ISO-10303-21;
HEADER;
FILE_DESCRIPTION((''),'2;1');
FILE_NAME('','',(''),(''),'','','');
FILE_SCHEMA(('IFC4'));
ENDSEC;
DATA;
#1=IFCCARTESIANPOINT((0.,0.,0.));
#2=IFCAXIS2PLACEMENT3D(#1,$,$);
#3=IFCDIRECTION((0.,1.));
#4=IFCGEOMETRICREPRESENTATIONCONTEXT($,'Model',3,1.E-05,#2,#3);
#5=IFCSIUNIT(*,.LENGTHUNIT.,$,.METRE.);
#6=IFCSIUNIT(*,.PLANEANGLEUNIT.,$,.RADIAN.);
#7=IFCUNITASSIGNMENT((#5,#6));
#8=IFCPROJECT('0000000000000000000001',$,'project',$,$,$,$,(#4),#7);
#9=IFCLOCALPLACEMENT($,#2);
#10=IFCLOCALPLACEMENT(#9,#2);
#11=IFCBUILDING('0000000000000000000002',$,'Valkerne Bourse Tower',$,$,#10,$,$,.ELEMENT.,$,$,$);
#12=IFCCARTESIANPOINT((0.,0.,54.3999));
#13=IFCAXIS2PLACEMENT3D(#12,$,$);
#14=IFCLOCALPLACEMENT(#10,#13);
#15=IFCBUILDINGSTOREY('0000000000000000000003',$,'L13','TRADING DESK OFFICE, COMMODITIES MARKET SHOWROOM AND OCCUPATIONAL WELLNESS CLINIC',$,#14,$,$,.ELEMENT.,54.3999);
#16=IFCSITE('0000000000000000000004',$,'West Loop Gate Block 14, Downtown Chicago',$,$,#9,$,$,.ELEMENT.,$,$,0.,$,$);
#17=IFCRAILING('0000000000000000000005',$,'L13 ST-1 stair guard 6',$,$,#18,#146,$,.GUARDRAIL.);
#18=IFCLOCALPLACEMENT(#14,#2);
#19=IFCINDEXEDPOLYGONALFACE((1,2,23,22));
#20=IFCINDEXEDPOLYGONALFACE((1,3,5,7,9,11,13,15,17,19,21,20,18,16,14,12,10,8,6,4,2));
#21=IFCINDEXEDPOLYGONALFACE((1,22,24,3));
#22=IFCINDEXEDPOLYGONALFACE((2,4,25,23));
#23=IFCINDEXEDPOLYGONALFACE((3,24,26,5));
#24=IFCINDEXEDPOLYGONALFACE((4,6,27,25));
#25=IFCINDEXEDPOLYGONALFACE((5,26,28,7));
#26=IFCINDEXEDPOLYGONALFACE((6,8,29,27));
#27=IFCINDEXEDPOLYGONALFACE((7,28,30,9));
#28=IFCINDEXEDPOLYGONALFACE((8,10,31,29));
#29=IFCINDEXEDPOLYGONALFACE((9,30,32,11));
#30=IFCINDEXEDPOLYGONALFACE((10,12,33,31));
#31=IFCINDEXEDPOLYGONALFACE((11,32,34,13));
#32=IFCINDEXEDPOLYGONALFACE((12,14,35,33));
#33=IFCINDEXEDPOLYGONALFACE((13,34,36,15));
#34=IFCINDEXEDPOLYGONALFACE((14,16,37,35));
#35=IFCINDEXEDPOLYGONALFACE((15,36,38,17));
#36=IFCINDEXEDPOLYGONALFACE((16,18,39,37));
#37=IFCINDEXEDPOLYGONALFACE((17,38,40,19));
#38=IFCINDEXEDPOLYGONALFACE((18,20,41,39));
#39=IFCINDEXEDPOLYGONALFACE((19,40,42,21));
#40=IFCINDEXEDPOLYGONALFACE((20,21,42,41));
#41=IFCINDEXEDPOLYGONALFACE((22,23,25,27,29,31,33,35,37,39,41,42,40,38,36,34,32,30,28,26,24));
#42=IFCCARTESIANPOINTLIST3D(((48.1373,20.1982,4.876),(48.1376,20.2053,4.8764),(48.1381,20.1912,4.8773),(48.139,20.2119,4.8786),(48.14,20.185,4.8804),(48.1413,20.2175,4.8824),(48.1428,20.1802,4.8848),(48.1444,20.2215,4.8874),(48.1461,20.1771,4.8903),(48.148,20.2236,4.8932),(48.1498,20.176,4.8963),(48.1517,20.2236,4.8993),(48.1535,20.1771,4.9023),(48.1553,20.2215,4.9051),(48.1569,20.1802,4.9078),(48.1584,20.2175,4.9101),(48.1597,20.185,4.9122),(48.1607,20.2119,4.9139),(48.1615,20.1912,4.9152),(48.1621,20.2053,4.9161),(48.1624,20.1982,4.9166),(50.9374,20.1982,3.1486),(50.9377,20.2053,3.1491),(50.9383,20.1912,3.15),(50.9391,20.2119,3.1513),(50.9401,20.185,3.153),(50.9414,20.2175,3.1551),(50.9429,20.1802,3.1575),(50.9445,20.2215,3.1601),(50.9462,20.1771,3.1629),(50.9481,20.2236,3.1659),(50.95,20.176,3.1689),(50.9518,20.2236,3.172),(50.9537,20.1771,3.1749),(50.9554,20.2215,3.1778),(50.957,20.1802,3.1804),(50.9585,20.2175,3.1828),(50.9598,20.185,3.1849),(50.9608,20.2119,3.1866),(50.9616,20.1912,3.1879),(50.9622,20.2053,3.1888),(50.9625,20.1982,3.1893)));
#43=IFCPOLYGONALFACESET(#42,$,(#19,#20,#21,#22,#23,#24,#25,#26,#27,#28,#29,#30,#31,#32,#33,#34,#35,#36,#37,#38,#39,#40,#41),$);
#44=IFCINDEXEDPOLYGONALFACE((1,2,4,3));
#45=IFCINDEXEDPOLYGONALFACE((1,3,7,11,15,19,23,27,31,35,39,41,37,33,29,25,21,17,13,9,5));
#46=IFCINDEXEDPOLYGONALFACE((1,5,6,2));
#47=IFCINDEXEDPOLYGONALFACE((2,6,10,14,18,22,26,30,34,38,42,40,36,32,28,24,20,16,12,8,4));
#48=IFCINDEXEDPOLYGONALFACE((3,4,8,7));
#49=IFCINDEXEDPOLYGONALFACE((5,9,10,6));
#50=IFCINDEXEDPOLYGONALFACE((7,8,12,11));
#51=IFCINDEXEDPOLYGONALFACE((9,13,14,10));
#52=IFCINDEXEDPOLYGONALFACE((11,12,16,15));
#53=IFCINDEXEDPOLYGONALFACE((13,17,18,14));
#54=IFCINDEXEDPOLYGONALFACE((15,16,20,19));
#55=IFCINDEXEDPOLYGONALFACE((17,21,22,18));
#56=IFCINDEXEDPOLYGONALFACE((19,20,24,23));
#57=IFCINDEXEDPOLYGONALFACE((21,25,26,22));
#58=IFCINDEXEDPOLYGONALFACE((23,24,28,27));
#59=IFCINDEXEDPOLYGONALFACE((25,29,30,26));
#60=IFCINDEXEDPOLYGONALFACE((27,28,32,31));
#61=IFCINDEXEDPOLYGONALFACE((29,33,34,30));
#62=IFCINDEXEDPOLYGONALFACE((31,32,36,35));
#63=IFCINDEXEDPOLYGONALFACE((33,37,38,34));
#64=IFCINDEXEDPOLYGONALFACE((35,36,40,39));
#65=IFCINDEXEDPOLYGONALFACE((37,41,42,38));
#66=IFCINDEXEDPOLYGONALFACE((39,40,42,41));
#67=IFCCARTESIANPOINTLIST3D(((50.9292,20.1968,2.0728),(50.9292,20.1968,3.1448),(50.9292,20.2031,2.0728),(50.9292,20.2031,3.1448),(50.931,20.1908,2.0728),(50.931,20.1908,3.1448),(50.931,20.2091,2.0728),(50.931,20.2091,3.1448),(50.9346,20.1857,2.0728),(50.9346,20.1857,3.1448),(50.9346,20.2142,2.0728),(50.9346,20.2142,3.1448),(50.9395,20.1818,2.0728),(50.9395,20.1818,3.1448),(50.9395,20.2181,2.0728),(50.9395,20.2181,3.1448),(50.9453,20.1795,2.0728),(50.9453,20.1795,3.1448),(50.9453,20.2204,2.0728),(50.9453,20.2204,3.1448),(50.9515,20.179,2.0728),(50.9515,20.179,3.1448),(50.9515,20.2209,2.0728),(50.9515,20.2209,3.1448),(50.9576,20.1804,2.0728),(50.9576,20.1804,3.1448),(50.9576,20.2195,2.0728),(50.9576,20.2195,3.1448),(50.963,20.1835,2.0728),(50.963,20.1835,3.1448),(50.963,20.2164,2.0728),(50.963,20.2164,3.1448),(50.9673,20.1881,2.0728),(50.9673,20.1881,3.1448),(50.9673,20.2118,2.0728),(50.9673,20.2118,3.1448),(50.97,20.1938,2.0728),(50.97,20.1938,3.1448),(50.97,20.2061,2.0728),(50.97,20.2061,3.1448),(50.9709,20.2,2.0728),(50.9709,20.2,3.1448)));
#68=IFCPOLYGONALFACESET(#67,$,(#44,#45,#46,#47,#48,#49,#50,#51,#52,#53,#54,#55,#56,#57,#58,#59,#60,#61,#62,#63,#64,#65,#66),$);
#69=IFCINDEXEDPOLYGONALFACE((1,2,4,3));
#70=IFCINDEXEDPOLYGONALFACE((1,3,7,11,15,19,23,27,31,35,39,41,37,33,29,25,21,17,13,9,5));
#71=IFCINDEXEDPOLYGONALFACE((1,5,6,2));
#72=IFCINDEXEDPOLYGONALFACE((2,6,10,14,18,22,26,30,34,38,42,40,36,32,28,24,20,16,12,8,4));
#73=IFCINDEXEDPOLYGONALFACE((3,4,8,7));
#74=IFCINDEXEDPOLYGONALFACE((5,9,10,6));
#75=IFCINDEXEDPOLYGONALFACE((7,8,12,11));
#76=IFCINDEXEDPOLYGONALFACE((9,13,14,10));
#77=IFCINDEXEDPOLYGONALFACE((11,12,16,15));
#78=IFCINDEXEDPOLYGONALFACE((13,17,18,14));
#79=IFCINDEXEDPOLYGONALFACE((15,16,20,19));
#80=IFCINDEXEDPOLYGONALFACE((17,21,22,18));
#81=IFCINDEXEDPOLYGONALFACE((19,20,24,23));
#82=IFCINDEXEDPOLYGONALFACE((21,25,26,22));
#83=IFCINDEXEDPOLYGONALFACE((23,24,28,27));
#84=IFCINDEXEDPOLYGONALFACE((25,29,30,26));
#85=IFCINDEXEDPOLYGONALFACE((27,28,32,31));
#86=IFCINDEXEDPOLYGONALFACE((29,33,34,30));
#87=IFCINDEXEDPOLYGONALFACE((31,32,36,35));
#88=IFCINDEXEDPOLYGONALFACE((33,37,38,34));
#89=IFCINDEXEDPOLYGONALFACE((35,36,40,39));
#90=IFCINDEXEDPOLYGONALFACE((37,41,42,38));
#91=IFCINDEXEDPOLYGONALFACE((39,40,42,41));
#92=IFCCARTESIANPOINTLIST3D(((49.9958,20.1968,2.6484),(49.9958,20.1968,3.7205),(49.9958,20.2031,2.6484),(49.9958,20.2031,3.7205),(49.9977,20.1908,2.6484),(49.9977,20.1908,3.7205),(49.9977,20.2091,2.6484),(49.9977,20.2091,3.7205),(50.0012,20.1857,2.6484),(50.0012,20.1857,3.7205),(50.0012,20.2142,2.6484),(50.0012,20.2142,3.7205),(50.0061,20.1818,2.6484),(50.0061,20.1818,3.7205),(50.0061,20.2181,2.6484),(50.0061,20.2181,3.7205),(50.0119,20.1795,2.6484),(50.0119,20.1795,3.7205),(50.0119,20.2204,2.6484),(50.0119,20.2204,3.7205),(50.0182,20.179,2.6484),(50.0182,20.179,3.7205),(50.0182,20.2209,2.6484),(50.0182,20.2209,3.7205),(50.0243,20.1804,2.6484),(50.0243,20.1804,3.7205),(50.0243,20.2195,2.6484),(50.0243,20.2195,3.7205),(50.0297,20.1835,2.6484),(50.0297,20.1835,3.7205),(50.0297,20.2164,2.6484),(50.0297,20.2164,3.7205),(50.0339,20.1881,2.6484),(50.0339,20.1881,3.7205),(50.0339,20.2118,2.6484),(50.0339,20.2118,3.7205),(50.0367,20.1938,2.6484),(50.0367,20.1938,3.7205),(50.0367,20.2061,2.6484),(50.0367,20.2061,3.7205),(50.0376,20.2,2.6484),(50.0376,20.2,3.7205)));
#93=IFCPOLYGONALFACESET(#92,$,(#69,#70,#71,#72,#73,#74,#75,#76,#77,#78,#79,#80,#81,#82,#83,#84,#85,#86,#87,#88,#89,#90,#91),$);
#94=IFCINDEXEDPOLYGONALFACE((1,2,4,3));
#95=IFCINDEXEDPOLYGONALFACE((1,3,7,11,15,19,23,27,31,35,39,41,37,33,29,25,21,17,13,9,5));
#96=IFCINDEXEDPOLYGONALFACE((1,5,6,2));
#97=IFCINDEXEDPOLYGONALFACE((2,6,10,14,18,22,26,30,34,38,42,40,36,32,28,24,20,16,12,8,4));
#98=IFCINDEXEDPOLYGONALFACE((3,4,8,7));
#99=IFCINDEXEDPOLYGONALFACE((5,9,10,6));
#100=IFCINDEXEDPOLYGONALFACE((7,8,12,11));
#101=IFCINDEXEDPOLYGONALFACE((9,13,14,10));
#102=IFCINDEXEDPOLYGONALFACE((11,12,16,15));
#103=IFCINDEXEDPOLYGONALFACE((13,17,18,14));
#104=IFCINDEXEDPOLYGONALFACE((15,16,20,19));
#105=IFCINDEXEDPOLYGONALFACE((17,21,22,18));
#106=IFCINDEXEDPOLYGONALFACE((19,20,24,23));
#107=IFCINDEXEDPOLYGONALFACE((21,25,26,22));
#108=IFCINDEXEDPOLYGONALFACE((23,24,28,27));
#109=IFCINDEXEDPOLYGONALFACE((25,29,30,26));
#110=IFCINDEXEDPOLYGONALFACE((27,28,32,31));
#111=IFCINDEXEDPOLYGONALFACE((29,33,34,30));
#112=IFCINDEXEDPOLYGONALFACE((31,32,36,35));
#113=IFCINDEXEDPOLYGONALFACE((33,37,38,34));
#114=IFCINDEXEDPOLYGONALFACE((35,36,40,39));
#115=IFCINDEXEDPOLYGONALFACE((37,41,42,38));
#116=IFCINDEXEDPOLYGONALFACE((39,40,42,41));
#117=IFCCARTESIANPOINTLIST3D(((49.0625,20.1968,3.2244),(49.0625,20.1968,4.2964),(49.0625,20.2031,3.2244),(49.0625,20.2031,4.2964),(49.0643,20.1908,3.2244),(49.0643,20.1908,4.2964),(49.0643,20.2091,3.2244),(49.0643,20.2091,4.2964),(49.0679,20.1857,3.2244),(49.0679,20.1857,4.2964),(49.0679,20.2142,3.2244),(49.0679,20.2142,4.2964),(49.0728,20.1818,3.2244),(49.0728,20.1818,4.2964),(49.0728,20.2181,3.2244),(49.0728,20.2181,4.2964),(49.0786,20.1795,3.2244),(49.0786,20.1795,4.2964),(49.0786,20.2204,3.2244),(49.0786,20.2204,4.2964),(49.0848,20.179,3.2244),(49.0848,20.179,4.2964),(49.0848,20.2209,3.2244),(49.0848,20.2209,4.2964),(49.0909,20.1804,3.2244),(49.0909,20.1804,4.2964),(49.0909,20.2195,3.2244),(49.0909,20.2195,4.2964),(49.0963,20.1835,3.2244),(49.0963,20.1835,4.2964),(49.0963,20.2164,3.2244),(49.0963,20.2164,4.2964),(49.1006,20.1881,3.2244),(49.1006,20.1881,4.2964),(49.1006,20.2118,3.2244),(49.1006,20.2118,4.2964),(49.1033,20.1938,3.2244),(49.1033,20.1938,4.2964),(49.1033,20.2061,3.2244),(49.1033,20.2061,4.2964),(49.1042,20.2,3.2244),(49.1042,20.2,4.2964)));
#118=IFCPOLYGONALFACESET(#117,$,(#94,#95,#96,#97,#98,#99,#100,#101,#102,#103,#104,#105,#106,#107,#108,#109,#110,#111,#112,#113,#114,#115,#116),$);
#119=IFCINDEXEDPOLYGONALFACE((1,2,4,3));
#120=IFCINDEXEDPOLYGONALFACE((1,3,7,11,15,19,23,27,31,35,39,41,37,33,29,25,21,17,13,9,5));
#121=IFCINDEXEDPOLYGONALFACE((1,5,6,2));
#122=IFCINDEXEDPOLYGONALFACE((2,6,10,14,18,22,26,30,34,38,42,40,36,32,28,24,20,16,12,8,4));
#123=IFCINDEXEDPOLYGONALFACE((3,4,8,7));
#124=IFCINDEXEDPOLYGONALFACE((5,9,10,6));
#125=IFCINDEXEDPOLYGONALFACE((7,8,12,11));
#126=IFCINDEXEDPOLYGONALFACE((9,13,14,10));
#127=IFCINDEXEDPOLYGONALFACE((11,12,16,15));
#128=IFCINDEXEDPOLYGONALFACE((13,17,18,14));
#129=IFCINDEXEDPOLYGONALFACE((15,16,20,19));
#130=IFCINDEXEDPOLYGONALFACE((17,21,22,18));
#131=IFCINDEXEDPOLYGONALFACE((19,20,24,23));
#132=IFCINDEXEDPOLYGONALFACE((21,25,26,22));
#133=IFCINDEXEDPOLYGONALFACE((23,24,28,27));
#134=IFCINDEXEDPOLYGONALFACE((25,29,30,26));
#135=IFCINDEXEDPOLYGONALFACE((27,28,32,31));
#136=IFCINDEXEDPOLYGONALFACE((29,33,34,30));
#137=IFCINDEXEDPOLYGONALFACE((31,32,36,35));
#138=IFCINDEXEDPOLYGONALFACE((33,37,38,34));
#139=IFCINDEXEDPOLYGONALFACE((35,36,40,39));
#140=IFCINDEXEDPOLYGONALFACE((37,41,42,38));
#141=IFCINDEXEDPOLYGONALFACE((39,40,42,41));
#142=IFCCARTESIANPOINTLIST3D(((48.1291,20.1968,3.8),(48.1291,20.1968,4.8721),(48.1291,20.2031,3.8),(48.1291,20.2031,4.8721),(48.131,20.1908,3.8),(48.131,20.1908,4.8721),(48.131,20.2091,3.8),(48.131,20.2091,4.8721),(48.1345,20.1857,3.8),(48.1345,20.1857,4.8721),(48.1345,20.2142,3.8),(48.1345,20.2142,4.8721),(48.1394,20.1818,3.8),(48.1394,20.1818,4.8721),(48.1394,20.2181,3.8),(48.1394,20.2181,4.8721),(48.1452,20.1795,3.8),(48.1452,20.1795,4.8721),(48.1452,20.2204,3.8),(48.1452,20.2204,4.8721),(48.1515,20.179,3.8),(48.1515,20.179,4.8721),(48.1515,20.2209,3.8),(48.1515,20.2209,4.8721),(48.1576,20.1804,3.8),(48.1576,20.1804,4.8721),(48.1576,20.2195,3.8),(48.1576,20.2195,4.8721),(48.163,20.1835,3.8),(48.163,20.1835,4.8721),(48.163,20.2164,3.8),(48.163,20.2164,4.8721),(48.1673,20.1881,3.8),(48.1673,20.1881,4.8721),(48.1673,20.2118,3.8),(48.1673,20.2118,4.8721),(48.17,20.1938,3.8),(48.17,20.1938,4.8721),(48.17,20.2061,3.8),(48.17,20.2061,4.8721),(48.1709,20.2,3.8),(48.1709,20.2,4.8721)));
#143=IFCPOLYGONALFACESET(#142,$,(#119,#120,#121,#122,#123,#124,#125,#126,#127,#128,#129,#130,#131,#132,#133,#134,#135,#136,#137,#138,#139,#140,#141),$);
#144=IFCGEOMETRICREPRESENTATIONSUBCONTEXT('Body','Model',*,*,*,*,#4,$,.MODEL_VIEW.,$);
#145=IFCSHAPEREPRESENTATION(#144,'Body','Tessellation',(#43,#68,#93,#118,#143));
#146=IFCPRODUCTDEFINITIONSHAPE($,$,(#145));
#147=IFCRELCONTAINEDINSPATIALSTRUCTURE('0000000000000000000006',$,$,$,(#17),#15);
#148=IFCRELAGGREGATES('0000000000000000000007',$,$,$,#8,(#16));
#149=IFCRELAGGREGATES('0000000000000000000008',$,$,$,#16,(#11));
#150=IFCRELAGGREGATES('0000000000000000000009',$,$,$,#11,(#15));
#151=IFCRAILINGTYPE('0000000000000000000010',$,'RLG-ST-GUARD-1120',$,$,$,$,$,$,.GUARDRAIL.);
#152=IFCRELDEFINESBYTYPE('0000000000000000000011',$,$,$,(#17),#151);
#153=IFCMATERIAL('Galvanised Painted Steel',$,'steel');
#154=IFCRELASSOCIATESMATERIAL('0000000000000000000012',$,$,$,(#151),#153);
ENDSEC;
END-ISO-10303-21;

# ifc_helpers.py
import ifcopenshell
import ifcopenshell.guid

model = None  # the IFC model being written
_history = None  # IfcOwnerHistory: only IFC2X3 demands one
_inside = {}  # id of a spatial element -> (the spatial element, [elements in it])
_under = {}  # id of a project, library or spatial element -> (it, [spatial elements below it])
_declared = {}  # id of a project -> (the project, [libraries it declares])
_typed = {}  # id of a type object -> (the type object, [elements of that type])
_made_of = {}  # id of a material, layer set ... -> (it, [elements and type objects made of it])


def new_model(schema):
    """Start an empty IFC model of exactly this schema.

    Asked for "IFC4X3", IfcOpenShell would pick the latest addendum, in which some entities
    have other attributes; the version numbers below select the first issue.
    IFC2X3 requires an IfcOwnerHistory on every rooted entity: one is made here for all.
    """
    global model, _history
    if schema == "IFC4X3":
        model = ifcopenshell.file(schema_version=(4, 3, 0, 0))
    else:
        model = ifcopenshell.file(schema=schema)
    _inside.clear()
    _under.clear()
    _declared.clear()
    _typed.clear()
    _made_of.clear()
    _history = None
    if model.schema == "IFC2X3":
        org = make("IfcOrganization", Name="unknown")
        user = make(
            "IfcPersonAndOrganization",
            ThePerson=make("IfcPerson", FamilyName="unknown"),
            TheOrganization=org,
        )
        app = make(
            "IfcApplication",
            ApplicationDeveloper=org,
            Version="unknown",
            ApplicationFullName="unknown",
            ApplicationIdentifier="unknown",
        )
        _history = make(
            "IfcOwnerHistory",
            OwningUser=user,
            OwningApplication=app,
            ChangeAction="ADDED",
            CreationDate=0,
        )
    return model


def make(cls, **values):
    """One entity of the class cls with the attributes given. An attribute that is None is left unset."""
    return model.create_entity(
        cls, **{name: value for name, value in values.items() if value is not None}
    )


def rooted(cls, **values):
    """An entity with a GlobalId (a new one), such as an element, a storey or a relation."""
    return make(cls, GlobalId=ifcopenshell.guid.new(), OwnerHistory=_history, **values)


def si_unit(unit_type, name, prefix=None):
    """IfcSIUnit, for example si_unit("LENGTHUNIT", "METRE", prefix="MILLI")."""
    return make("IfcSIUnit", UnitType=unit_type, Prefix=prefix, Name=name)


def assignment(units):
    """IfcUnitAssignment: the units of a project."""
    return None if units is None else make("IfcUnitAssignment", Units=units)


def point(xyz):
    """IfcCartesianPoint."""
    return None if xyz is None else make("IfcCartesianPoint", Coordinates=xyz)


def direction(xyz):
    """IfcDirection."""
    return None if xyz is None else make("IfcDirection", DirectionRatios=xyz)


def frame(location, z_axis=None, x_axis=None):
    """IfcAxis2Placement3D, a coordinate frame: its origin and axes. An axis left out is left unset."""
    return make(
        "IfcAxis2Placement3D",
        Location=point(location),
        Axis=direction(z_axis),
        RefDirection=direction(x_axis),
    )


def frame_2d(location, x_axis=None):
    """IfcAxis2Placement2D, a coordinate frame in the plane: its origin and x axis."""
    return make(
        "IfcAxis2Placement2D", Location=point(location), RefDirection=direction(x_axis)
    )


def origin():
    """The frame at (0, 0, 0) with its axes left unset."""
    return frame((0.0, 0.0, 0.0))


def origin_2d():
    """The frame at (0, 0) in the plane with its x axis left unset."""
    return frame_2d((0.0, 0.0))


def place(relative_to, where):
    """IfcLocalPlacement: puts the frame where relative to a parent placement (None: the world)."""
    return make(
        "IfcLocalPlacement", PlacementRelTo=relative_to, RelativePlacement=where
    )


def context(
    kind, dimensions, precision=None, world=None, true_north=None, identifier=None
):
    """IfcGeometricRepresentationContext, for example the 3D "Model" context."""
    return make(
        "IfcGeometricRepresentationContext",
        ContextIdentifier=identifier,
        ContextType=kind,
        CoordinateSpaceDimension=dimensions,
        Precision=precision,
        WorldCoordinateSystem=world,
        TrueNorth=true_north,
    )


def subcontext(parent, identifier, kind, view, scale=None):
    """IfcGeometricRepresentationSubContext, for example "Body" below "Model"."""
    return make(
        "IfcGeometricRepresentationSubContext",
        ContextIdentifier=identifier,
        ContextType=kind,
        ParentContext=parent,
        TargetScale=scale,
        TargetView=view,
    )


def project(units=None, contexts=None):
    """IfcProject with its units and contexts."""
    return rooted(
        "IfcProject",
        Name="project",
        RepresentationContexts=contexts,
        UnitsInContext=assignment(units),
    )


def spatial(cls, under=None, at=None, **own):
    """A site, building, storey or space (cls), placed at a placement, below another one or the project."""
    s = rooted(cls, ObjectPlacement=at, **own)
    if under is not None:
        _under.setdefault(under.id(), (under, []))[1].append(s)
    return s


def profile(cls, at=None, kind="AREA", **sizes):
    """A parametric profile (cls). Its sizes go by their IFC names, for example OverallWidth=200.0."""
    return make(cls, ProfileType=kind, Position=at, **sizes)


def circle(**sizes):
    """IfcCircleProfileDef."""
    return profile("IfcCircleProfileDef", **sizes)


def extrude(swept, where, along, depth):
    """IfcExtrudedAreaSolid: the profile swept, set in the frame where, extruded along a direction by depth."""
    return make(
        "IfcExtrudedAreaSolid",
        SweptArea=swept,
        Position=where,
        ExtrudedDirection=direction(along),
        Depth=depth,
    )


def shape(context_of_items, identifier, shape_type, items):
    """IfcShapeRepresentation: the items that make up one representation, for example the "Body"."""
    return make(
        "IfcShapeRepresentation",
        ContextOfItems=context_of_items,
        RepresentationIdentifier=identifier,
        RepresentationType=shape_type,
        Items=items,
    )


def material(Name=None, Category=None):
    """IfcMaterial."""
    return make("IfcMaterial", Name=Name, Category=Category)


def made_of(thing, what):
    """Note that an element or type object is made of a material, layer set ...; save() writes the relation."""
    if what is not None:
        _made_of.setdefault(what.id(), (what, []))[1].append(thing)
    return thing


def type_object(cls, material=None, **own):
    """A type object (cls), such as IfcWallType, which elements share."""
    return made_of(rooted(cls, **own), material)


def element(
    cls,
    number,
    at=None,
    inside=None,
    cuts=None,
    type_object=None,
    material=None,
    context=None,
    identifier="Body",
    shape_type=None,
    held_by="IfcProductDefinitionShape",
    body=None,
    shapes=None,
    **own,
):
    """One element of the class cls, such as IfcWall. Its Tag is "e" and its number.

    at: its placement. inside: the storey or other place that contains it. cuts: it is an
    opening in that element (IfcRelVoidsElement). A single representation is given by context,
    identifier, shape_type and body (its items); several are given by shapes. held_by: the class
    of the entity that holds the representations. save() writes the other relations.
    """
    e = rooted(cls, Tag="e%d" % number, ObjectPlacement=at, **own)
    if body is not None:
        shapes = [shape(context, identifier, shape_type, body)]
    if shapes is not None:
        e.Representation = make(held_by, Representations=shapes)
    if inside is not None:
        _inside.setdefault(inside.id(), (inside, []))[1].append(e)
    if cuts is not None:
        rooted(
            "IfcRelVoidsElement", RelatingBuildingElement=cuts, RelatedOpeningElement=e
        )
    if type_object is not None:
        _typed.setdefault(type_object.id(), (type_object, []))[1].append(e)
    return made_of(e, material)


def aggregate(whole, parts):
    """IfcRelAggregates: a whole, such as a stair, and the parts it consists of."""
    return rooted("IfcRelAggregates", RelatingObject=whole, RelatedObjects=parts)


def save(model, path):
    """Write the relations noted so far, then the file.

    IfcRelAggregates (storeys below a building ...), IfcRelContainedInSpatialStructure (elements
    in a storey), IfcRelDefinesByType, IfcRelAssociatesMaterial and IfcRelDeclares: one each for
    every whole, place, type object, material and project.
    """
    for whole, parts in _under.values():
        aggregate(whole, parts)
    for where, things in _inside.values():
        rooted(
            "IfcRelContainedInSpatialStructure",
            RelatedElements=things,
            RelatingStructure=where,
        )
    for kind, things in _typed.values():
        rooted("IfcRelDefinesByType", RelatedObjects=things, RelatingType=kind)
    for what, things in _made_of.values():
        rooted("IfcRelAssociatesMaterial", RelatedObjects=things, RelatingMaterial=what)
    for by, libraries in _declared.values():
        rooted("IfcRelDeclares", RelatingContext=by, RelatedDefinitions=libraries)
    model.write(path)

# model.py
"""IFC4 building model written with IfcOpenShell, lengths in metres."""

from ifc_helpers import new_model, si_unit, direction, frame, origin, origin_2d, place, context, subcontext, project, spatial, circle, extrude, material, type_object, element, save


model = new_model("IFC4")

# Units and contexts
model_context = context("Model", 3, precision=1e-05, world=origin(), true_north=direction((0.0, 1.0)))
body_context = subcontext(model_context, "Body", "Model", "MODEL_VIEW")
ifc_project = project(units=[si_unit("LENGTHUNIT", "METRE"), si_unit("PLANEANGLEUNIT", "RADIAN")], contexts=[model_context])

# Site, building, storey
site_placement = place(None, origin())
site = spatial("IfcSite", under=ifc_project, at=site_placement, Name="West Loop Gate Block 14, Downtown Chicago", CompositionType="ELEMENT", RefElevation=0.0)
building_placement = place(site_placement, origin())
building = spatial("IfcBuilding", under=site, at=building_placement, Name="Valkerne Bourse Tower", CompositionType="ELEMENT")
storey_placement = place(building_placement, frame((0.0, 0.0, 54.3999)))
storey = spatial("IfcBuildingStorey", under=building, at=storey_placement, Name="L13", Description="TRADING DESK OFFICE, COMMODITIES MARKET SHOWROOM AND OCCUPATIONAL WELLNESS CLINIC", CompositionType="ELEMENT", Elevation=54.3999)

# Shared definitions
ifc_material_1 = material(Name="Galvanised Painted Steel", Category="steel")

# Railing
railing_type_1 = type_object("IfcRailingType", Name="RLG-ST-GUARD-1120", PredefinedType="GUARDRAIL", material=ifc_material_1)
railing_1_placement = place(storey_placement, frame((50.95, 20.2, 2.0728)))
element("IfcRailing", 1, at=railing_1_placement, inside=storey, type_object=railing_type_1, Name="L13 ST-1 stair guard 6", PredefinedType="GUARDRAIL", context=body_context, shape_type="SweptSolid", body=[
    extrude(circle(Radius=0.0239, at=origin_2d()), frame((0.0, 0.0, 1.0962), z_axis=(-0.85109, 0.0, 0.52502), x_axis=(0.0, -1.0, 0.0)), (0.0, 0.0, 1.0), 3.29),
    extrude(circle(Radius=0.021, at=origin_2d()), origin(), (0.0, 0.0, 1.0), 1.072),
    extrude(circle(Radius=0.021, at=origin_2d()), frame((-0.9333, 0.0, 0.5757)), (0.0, 0.0, 1.0), 1.072),
    extrude(circle(Radius=0.021, at=origin_2d()), frame((-1.8667, 0.0, 1.1516)), (0.0, 0.0, 1.0), 1.072),
    extrude(circle(Radius=0.021, at=origin_2d()), frame((-2.8, 0.0, 1.7273)), (0.0, 0.0, 1.0), 1.072),
])

save(model, "model.ifc")
